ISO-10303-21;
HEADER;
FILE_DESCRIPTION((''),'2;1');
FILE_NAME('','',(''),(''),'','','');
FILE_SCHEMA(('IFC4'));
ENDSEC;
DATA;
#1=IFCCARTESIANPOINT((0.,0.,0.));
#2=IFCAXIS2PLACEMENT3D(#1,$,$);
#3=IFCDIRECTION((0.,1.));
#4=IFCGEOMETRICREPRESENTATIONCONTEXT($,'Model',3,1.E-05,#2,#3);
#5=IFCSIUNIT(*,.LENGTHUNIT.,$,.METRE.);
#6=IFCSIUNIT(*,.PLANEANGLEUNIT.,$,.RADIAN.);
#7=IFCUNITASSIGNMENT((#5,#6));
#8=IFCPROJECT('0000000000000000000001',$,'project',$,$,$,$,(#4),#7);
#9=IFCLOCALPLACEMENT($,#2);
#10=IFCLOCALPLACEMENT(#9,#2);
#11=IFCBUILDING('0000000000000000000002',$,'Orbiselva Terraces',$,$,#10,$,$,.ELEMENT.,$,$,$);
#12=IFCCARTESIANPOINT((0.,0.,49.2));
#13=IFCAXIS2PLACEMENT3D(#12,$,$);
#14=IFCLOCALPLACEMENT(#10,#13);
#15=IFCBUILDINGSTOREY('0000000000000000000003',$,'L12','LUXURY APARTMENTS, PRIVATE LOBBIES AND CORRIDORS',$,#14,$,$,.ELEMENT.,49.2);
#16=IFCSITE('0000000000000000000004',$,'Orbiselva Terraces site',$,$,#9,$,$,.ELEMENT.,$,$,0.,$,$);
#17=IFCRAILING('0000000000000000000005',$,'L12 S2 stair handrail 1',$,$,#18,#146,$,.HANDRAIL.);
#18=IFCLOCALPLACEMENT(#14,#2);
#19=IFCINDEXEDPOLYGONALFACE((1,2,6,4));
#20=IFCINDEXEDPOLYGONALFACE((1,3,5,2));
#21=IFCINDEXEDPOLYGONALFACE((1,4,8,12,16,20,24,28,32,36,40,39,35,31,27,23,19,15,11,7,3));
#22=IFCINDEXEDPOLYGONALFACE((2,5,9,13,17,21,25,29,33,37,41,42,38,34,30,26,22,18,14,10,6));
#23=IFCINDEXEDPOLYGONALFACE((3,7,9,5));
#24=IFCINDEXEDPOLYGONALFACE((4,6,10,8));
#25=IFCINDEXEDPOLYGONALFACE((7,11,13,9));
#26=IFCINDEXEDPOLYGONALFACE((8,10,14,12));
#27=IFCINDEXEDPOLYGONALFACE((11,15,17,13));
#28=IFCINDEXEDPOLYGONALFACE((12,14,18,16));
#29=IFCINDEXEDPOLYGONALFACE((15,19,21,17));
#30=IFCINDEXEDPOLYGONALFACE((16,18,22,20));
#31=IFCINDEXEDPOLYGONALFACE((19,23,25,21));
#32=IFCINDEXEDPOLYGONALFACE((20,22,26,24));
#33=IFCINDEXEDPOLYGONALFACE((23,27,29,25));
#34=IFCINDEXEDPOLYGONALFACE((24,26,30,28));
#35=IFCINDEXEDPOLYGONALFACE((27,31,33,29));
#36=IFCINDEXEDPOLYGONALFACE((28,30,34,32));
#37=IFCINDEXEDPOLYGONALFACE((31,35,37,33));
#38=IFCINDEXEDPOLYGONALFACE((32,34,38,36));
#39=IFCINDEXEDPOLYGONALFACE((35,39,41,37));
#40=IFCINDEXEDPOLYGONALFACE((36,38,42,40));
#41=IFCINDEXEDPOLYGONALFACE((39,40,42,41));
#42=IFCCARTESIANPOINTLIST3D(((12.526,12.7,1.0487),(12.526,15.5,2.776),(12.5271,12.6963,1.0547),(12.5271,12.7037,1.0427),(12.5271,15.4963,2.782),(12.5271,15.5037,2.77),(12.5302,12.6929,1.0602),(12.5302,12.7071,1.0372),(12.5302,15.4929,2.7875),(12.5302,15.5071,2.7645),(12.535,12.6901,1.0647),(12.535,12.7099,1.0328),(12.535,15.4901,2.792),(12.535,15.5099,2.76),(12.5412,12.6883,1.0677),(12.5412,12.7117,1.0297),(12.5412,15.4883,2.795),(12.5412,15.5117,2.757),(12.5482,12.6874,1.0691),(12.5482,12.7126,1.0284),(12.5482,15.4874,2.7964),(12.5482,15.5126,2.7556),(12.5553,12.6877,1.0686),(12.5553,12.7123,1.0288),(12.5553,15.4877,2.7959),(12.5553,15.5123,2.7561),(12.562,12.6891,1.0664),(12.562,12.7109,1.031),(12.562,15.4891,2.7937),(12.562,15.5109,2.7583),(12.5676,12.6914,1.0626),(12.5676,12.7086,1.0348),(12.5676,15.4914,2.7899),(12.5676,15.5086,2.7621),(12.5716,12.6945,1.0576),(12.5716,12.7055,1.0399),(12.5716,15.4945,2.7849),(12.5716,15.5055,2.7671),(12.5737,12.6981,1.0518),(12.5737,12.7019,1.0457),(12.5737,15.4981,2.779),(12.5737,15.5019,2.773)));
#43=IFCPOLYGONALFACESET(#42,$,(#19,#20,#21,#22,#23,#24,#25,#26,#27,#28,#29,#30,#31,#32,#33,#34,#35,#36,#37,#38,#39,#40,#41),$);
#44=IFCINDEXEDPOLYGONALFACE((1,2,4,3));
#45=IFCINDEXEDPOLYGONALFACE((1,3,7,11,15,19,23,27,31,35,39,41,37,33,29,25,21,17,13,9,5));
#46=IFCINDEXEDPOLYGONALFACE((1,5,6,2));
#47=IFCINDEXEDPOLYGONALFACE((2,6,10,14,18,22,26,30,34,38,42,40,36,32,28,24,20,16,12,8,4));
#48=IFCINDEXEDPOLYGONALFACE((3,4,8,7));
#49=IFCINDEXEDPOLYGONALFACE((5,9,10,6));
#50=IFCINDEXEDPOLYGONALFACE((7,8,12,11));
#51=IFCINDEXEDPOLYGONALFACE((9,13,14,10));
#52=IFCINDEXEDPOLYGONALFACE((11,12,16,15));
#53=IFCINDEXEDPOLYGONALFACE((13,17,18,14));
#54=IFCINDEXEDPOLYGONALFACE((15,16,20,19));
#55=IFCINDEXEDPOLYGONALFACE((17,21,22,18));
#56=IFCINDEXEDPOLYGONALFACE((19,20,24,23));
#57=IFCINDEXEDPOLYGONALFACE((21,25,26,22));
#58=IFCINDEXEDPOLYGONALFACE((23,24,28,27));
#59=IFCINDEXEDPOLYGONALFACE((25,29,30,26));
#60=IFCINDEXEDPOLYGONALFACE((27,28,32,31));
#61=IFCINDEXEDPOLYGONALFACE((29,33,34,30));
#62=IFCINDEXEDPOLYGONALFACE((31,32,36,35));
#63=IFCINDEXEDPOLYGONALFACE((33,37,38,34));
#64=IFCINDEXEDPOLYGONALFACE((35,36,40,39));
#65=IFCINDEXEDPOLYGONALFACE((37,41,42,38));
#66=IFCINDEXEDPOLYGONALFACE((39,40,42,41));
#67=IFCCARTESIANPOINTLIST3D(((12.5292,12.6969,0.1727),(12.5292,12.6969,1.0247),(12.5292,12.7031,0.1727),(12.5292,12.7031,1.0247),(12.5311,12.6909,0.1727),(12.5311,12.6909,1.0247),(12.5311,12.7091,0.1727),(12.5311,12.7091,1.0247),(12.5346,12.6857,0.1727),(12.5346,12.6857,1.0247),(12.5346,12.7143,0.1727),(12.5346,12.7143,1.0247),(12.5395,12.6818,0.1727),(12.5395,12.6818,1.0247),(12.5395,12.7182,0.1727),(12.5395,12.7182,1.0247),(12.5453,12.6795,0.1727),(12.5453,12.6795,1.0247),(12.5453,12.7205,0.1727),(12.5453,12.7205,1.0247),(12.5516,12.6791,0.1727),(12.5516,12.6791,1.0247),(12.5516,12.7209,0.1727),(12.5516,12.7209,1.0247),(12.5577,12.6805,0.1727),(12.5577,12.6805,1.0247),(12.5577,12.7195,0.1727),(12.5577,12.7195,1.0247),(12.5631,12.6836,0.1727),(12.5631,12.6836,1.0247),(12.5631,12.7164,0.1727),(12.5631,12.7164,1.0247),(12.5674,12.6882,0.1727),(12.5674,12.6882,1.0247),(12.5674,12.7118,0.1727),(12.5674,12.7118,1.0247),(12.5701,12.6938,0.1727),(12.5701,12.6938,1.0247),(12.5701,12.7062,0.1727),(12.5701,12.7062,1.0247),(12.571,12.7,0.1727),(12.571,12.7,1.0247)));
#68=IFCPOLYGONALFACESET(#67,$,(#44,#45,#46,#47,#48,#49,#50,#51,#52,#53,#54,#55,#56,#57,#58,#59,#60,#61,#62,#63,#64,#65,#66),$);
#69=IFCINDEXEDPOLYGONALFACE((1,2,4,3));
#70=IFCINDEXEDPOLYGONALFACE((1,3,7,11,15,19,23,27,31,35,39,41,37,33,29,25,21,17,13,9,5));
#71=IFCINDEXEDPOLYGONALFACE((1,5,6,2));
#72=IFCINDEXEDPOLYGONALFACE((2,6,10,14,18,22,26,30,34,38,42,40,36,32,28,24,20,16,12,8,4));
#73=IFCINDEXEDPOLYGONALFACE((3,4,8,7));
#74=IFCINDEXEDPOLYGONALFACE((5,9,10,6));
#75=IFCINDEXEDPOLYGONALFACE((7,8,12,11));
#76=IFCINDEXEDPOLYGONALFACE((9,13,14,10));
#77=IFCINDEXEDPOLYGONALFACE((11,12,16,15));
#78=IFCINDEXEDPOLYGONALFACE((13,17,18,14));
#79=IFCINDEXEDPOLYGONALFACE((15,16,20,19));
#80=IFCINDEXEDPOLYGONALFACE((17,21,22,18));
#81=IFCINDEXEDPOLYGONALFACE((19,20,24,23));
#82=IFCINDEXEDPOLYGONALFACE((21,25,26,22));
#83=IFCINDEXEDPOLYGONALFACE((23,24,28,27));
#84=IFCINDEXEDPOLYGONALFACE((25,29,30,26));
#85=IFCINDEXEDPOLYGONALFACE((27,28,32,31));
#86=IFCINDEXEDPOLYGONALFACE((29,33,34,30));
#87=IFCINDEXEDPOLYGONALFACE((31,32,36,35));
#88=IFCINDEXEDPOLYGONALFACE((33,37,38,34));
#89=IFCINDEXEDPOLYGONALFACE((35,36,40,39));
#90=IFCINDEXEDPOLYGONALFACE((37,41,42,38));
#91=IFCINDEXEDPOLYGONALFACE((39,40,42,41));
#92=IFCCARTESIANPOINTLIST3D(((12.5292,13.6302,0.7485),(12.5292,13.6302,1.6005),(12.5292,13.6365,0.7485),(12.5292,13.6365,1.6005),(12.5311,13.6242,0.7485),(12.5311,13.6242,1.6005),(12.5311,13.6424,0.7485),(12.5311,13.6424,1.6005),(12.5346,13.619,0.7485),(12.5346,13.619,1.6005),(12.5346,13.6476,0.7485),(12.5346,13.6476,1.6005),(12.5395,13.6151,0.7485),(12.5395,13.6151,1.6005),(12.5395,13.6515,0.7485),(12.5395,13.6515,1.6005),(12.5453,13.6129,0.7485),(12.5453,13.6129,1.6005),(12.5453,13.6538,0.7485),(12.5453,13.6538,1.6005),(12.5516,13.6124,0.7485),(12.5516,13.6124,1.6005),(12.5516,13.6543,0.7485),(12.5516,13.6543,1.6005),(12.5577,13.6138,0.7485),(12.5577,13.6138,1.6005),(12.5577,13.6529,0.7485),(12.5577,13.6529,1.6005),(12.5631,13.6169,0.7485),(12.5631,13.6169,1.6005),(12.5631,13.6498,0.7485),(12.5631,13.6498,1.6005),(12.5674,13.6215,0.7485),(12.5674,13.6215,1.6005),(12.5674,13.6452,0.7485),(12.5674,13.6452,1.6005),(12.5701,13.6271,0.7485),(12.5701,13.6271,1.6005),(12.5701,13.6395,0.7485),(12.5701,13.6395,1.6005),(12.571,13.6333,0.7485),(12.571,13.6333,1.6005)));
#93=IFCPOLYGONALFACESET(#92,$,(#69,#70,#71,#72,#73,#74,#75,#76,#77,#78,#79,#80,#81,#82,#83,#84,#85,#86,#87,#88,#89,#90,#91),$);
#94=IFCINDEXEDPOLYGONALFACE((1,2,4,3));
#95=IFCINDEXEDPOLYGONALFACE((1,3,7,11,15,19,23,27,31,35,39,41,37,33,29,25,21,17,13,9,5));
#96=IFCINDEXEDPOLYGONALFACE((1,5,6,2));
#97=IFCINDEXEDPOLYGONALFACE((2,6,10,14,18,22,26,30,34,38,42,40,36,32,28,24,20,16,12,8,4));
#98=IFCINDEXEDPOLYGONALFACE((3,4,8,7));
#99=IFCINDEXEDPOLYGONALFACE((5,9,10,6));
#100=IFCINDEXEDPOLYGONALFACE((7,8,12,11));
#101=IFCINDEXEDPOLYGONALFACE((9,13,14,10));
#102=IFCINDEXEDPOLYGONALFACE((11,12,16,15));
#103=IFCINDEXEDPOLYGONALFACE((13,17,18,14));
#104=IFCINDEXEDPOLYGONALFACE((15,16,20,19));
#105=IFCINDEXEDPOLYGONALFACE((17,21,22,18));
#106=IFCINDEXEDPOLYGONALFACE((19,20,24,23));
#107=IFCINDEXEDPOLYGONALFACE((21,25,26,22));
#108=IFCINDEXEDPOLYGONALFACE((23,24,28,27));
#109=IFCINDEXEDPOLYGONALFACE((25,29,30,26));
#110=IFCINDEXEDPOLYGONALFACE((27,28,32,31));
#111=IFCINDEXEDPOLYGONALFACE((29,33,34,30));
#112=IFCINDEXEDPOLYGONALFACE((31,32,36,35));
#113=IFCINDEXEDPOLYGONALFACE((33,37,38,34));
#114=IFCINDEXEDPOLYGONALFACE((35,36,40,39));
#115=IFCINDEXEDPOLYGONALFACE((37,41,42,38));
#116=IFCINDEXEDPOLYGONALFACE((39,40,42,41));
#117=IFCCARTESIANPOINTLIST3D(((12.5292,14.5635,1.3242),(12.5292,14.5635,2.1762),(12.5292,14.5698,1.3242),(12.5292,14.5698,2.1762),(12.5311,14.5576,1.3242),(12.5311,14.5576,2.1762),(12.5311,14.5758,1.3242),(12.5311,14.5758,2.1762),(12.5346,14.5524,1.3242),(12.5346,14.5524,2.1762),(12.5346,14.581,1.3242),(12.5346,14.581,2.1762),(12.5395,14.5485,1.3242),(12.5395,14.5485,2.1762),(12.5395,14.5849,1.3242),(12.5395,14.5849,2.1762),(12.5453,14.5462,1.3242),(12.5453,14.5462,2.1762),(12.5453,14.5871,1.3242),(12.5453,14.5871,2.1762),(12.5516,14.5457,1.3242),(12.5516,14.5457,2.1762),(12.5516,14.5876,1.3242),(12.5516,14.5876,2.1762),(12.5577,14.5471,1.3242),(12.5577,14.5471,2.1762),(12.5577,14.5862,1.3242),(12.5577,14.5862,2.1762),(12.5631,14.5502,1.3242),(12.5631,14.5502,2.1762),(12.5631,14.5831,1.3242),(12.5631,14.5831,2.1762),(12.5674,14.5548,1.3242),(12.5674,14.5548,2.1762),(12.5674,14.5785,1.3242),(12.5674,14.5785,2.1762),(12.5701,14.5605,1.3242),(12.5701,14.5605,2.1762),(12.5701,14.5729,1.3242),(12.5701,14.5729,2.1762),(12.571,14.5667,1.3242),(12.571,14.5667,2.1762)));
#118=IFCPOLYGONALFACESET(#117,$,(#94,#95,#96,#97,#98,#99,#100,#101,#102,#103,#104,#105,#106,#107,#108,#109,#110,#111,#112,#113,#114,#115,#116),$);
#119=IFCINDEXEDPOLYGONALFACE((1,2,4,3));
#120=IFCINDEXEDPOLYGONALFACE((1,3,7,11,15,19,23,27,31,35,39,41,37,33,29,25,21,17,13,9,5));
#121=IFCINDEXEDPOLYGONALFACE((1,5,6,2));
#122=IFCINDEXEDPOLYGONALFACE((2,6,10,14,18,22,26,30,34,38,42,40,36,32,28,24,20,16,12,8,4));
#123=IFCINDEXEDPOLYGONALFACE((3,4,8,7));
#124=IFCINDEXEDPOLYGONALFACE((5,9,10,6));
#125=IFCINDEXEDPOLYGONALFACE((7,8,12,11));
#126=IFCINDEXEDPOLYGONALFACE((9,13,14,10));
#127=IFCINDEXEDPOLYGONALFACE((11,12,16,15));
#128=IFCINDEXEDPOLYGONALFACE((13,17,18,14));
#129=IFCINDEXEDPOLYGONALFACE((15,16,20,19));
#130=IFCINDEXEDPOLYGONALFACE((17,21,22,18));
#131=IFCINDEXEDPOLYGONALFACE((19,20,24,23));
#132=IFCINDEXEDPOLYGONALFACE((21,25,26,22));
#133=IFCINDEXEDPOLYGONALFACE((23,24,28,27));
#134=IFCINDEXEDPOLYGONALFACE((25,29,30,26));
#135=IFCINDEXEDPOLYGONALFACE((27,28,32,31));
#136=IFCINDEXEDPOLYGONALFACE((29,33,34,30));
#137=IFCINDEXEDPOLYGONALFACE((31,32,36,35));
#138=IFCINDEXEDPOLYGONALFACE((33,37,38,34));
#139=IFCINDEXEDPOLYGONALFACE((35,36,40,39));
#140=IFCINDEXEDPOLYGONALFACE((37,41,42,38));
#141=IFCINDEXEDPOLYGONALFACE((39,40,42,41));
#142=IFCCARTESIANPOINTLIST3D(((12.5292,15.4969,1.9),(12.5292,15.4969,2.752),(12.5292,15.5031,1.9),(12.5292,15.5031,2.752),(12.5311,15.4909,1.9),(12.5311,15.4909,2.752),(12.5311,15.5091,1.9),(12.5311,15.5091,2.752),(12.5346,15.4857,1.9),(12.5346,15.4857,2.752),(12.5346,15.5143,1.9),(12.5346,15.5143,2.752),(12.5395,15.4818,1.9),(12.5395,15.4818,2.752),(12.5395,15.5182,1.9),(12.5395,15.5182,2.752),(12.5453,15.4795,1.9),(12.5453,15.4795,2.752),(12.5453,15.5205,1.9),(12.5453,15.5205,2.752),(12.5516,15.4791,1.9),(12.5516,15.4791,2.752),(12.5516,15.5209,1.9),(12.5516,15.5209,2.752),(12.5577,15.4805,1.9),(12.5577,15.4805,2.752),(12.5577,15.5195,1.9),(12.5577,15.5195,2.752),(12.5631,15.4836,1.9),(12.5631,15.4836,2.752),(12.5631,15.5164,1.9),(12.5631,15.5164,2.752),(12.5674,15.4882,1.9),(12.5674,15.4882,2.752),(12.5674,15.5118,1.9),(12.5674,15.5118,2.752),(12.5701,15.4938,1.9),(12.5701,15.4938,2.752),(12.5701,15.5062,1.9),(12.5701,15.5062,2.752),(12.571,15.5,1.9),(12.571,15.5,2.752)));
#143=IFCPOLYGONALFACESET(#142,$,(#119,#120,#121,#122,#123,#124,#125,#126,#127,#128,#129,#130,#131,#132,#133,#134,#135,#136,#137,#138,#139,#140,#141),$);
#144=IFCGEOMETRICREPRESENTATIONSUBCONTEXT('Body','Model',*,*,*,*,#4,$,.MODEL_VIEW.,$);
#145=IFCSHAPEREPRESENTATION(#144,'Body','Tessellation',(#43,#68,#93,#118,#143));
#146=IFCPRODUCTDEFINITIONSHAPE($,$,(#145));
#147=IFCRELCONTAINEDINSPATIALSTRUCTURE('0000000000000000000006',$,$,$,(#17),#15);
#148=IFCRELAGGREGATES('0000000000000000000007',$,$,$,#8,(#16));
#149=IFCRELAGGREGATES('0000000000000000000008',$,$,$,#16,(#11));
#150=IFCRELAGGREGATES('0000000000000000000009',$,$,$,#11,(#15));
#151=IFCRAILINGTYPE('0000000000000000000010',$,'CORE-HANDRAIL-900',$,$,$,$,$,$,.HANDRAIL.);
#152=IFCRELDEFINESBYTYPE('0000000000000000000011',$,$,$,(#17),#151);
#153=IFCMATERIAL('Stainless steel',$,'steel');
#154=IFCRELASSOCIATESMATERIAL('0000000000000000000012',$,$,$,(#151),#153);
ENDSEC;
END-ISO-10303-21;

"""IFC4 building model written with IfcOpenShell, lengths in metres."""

from ifc_helpers import new_model, si_unit, direction, frame, origin, origin_2d, place, context, subcontext, project, spatial, circle, extrude, material, type_object, element, save


model = new_model("IFC4")

# Units and contexts
model_context = context("Model", 3, precision=1e-05, world=origin(), true_north=direction((0.0, 1.0)))
body_context = subcontext(model_context, "Body", "Model", "MODEL_VIEW")
ifc_project = project(units=[si_unit("LENGTHUNIT", "METRE"), si_unit("PLANEANGLEUNIT", "RADIAN")], contexts=[model_context])

# Site, building, storey
site_placement = place(None, origin())
site = spatial("IfcSite", under=ifc_project, at=site_placement, Name="Orbiselva Terraces site", CompositionType="ELEMENT", RefElevation=0.0)
building_placement = place(site_placement, origin())
building = spatial("IfcBuilding", under=site, at=building_placement, Name="Orbiselva Terraces", CompositionType="ELEMENT")
storey_placement = place(building_placement, frame((0.0, 0.0, 49.2)))
storey = spatial("IfcBuildingStorey", under=building, at=storey_placement, Name="L12", Description="LUXURY APARTMENTS, PRIVATE LOBBIES AND CORRIDORS", CompositionType="ELEMENT", Elevation=49.2)

# Railing
ifc_material_1 = material(Name="Stainless steel", Category="steel")
railing_type = type_object("IfcRailingType", Name="CORE-HANDRAIL-900", PredefinedType="HANDRAIL", material=ifc_material_1)
railing_placement = place(storey_placement, frame((12.55, 12.7, 0.1727)))
element("IfcRailing", 1, at=railing_placement, inside=storey, type_object=railing_type, Name="L12 S2 stair handrail 1", PredefinedType="HANDRAIL", context=body_context, shape_type="SweptSolid", body=[
    extrude(circle(Radius=0.024, at=origin_2d()), frame((0.0, 0.0, 0.876), z_axis=(0.0, 0.851089, 0.525022), x_axis=(-1.0, 0.0, 0.0)), (0.0, 0.0, 1.0), 3.2899),
    extrude(circle(Radius=0.021, at=origin_2d()), origin(), (0.0, 0.0, 1.0), 0.852),
    extrude(circle(Radius=0.021, at=origin_2d()), frame((0.0, 0.9333, 0.5758)), (0.0, 0.0, 1.0), 0.852),
    extrude(circle(Radius=0.021, at=origin_2d()), frame((0.0, 1.8667, 1.1515)), (0.0, 0.0, 1.0), 0.852),
    extrude(circle(Radius=0.021, at=origin_2d()), frame((0.0, 2.8, 1.7273)), (0.0, 0.0, 1.0), 0.852),
])

save(model, "model.ifc")
